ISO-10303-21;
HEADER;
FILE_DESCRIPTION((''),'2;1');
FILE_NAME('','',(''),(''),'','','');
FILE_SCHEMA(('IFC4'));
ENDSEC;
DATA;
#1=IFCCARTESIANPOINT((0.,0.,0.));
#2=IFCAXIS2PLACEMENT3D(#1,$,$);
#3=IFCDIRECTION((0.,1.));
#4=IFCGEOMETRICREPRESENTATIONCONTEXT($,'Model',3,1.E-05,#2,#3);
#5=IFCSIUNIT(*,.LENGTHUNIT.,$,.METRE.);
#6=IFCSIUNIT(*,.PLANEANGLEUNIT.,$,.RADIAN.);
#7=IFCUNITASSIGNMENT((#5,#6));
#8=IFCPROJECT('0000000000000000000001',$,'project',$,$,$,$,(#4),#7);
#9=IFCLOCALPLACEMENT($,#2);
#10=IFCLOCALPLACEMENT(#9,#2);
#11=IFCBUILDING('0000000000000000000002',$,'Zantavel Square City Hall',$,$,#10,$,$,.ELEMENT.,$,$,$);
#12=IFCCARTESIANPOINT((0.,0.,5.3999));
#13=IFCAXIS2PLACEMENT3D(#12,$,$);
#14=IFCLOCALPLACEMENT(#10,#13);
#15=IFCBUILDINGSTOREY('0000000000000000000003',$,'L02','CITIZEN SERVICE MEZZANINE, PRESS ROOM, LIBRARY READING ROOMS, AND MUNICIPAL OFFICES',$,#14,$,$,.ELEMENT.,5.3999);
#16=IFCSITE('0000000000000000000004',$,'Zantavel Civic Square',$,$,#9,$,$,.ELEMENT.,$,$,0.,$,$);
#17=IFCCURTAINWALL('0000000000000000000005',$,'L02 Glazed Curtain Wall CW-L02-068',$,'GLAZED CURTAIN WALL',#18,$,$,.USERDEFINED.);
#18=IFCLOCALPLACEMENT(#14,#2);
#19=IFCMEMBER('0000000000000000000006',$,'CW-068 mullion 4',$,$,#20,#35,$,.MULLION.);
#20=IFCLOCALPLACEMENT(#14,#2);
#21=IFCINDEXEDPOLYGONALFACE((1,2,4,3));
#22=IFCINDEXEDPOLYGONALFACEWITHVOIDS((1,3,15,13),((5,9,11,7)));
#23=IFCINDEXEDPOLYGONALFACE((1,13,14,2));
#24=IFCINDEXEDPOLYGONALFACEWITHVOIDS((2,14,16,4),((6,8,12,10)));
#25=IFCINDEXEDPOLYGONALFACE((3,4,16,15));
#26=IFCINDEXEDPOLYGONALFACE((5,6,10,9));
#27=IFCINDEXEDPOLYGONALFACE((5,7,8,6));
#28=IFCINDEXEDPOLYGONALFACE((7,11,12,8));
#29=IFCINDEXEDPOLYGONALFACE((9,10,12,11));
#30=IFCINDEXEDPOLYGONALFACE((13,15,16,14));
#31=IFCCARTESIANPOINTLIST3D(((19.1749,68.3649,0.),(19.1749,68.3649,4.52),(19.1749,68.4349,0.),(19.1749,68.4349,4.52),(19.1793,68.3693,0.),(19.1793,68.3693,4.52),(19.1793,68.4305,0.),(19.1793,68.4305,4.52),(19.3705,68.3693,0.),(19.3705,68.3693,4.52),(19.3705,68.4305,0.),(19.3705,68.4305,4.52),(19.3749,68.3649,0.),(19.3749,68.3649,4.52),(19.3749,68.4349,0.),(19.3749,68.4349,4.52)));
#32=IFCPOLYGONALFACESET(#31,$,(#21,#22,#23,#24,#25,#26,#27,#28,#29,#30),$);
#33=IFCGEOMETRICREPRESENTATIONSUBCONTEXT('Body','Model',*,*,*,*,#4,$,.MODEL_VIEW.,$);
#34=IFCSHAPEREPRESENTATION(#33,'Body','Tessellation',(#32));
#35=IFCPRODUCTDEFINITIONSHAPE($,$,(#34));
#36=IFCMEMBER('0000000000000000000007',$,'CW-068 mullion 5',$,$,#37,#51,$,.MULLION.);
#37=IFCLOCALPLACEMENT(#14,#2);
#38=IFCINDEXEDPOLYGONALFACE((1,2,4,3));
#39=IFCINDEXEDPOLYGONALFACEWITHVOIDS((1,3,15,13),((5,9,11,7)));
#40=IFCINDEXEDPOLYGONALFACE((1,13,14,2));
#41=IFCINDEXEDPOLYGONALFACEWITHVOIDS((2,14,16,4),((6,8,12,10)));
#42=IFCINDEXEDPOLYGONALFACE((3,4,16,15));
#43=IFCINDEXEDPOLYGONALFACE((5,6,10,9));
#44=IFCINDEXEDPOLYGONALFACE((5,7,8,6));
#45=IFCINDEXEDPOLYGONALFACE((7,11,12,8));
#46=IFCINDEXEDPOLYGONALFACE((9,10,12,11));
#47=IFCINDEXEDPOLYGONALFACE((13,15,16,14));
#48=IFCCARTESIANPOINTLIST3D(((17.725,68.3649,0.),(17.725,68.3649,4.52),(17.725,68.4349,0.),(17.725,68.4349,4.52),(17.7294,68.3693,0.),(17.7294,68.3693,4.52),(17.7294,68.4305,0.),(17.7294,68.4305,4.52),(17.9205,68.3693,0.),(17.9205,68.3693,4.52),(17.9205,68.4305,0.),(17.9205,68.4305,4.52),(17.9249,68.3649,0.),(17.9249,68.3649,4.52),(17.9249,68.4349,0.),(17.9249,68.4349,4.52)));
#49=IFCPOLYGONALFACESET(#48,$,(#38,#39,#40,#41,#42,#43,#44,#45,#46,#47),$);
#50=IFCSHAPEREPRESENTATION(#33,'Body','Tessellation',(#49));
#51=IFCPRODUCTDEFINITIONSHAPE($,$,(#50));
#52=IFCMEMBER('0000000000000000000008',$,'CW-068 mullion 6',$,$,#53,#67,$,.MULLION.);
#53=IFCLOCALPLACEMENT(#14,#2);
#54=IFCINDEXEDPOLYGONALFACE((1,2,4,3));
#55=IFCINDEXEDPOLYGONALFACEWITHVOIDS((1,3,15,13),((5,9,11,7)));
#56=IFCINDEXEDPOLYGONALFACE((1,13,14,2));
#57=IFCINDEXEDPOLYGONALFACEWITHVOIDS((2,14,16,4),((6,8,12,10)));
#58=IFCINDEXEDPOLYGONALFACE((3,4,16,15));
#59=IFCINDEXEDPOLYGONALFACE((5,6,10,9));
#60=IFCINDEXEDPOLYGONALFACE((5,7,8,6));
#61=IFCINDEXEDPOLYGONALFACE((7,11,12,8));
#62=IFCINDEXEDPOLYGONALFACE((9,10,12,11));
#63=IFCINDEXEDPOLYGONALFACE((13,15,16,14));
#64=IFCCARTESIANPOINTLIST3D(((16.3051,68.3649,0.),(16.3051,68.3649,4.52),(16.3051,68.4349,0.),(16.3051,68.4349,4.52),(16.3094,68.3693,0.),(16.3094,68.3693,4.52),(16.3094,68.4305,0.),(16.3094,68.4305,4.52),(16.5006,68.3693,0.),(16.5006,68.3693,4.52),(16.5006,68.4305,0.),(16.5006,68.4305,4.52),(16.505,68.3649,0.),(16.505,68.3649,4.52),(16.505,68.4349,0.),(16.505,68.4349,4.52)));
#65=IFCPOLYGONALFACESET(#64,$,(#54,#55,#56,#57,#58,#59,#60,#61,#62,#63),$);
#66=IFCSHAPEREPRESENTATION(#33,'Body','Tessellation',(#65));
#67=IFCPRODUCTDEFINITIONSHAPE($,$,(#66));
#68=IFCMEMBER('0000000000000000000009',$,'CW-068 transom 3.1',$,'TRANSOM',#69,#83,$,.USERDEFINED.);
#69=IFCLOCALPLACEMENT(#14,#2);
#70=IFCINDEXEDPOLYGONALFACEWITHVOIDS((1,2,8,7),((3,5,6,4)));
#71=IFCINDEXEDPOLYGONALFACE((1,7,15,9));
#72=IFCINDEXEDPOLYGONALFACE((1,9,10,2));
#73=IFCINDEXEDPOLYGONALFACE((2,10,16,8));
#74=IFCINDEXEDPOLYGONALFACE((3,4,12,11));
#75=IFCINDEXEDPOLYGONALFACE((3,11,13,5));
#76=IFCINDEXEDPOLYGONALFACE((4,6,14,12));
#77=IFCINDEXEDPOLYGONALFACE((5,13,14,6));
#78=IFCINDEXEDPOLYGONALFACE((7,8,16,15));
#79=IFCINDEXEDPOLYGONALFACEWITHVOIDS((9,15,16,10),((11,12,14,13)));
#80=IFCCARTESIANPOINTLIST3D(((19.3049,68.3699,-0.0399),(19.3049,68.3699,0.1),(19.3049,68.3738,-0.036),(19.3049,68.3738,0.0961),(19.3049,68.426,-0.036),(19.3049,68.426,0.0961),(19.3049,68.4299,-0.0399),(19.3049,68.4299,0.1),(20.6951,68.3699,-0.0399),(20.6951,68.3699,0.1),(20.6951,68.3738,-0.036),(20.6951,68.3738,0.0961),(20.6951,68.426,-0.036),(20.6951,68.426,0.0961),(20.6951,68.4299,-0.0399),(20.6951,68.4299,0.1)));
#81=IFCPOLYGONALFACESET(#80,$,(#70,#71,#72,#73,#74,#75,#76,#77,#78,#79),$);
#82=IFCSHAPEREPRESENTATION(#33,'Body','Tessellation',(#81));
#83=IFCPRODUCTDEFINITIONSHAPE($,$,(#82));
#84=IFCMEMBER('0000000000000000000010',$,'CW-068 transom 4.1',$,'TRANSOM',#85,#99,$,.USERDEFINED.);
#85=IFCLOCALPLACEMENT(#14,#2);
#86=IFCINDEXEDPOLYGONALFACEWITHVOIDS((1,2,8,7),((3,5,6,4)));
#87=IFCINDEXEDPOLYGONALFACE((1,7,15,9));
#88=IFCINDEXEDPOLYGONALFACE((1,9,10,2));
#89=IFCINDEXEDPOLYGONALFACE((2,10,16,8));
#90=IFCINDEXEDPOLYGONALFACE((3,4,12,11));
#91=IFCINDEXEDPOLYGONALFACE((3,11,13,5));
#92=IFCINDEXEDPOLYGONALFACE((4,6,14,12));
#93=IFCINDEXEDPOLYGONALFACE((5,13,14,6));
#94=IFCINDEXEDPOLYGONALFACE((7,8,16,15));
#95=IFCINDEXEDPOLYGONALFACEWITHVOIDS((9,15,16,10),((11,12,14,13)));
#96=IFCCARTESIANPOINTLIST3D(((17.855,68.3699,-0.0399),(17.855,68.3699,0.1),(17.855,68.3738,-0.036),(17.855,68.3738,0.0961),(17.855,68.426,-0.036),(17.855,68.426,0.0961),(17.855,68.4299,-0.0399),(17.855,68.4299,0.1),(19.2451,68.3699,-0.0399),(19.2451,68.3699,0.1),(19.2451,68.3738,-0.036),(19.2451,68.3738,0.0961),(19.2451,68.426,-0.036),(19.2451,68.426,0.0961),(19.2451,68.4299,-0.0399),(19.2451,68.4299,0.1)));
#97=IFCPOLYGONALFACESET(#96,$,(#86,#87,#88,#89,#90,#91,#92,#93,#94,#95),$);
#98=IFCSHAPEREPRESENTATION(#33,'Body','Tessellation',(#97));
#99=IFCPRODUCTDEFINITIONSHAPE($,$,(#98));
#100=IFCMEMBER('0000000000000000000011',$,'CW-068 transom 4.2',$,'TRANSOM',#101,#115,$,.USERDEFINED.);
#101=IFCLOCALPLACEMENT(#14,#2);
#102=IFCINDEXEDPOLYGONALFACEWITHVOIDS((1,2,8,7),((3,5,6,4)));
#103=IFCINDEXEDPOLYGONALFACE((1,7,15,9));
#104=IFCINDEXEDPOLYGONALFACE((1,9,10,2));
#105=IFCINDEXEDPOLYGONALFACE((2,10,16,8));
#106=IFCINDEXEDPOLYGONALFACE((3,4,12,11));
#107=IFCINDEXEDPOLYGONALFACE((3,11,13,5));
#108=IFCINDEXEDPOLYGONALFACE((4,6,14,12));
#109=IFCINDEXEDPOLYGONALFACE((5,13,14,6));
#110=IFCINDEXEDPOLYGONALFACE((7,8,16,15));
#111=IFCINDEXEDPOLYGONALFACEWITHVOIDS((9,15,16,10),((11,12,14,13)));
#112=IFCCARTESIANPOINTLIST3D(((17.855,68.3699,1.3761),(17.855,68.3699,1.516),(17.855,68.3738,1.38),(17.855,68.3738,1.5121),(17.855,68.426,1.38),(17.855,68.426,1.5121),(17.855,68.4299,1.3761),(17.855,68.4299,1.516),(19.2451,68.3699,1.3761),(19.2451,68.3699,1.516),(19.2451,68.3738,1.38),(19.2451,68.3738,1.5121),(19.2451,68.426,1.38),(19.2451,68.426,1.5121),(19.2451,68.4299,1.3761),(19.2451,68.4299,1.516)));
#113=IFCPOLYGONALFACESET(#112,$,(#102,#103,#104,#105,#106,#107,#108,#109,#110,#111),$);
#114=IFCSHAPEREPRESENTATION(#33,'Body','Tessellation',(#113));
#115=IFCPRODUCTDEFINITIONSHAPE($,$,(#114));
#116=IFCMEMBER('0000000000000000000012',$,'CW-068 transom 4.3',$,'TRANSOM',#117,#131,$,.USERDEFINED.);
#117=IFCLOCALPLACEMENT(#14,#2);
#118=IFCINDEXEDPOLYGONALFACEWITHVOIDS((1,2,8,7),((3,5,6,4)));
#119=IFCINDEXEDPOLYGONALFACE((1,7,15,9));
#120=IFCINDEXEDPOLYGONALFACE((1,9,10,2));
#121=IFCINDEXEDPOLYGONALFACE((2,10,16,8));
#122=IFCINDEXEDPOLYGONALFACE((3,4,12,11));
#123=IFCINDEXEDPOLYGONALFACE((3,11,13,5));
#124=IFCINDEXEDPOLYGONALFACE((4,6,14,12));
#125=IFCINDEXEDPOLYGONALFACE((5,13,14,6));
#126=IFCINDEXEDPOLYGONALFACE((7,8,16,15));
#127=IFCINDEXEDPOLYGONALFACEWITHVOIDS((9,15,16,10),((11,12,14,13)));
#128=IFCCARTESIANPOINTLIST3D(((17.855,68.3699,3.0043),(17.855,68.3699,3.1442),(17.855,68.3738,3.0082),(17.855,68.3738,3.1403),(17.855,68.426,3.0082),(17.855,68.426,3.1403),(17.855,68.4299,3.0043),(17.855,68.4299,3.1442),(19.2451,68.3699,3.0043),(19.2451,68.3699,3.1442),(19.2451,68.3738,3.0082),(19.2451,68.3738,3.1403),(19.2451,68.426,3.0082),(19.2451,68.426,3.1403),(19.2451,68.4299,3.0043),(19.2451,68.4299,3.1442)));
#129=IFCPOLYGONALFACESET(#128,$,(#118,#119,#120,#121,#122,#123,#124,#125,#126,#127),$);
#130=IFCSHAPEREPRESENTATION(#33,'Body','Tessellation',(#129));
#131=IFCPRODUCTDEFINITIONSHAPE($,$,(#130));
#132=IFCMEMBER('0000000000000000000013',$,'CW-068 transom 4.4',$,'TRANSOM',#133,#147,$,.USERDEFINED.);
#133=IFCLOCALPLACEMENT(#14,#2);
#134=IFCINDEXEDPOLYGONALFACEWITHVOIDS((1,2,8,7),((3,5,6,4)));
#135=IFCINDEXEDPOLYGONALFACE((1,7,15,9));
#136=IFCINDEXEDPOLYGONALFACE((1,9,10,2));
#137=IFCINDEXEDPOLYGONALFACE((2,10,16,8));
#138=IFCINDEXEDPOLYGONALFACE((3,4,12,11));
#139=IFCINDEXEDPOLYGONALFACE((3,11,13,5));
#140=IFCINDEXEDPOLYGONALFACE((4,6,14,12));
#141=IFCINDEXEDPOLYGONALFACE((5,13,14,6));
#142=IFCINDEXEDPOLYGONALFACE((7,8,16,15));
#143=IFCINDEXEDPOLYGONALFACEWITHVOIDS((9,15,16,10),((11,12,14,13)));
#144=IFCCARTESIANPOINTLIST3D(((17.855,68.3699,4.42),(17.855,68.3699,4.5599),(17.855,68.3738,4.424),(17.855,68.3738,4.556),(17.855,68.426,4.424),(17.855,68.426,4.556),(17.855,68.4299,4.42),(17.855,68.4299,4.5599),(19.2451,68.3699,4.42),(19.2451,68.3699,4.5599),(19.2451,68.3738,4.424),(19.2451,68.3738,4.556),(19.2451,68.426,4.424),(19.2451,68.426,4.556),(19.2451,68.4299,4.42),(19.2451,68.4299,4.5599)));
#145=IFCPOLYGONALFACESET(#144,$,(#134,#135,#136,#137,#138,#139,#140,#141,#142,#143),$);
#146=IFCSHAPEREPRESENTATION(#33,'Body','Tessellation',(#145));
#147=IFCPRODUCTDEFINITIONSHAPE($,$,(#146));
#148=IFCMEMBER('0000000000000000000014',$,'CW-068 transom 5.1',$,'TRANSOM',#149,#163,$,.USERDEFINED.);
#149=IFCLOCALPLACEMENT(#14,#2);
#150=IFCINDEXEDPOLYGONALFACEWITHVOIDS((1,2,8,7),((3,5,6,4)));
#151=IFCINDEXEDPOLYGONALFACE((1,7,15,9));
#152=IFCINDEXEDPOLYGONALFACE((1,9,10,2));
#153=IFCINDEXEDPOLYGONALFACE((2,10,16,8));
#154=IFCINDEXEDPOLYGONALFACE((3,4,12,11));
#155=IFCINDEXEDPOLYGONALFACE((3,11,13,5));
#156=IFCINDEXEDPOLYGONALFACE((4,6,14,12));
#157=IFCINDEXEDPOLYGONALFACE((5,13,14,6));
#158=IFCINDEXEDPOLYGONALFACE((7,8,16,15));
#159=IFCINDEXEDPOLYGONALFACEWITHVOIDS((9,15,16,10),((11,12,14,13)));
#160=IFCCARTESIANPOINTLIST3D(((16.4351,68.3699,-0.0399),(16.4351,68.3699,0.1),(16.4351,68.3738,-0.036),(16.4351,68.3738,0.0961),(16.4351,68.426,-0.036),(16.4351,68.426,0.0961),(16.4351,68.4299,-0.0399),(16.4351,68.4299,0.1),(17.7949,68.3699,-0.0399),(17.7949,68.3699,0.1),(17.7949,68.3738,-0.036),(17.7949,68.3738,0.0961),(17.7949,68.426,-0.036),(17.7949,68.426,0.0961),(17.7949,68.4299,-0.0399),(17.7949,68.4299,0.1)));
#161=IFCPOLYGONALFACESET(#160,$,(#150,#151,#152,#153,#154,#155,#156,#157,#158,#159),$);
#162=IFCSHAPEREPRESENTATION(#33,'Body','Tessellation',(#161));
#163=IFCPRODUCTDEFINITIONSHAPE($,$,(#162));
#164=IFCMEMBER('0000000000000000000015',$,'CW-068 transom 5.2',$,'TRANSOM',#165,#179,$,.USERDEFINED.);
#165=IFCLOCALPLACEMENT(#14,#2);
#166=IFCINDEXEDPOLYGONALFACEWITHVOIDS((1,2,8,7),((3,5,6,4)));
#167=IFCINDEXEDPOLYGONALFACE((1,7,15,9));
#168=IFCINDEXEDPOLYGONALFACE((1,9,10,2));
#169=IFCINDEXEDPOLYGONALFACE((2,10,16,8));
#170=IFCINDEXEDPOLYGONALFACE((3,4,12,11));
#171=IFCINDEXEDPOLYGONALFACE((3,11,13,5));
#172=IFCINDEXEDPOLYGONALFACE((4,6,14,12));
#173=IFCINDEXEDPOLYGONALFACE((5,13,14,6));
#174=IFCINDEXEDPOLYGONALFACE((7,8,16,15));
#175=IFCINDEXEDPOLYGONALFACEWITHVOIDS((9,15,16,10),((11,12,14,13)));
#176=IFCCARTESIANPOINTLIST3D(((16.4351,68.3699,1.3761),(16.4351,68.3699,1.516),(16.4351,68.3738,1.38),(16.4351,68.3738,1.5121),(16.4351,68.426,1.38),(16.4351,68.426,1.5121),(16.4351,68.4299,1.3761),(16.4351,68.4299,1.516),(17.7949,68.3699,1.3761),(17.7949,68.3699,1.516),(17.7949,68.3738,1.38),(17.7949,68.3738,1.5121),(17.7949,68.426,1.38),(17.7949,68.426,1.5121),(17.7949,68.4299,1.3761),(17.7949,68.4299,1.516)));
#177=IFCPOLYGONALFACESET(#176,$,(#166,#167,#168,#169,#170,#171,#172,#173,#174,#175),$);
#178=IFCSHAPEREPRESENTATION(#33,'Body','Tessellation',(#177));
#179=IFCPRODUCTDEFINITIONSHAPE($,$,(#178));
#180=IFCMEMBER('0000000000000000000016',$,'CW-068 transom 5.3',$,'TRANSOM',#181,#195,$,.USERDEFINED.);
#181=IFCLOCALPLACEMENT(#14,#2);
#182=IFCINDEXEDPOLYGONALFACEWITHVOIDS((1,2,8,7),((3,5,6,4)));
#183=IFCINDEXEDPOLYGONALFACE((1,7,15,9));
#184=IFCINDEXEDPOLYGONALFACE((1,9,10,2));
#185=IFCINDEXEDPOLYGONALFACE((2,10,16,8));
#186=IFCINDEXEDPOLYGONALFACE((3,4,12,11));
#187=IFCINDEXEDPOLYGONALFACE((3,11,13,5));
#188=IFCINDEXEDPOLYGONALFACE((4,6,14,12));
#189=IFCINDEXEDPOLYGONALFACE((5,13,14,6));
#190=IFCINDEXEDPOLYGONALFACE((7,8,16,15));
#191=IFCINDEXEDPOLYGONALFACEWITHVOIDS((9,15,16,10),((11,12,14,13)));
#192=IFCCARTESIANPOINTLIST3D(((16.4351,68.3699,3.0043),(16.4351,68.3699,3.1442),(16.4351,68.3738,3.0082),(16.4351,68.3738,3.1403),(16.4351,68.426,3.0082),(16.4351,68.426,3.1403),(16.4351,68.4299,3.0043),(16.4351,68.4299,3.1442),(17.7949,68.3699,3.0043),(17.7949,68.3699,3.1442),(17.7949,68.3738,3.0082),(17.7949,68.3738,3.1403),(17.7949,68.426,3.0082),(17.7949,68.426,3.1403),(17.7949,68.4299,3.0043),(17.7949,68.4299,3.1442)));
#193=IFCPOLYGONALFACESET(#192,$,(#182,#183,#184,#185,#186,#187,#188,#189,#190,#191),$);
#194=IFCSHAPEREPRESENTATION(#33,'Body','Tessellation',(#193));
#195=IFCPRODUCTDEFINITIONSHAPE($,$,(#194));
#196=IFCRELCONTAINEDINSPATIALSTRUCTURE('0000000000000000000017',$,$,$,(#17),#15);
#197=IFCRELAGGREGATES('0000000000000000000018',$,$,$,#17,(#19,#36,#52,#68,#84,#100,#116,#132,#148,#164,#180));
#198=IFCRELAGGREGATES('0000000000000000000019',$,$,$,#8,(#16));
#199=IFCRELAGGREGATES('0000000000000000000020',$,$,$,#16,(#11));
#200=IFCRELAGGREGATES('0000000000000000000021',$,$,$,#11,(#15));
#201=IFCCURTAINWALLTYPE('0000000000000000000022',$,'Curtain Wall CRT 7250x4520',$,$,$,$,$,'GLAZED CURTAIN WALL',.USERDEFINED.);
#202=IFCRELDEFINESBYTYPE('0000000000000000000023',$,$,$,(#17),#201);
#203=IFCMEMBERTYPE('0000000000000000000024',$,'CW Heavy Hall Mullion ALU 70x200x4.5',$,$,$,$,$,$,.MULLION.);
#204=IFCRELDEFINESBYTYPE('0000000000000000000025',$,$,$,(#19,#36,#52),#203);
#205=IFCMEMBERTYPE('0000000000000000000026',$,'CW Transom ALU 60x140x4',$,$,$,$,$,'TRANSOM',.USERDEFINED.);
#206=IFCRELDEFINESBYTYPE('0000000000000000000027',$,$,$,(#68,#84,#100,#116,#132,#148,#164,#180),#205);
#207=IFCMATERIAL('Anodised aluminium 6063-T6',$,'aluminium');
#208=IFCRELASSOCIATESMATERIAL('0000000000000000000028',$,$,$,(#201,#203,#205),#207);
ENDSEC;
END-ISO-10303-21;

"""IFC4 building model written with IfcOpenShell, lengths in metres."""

from ifc_helpers import new_model, si_unit, direction, frame, origin, origin_2d, place, context, subcontext, project, spatial, hollow_rectangle, extrude, material, material_profile, profile_set, type_object, element, aggregate, save


model = new_model("IFC4")

# Units and contexts
model_context = context("Model", 3, precision=1e-05, world=origin(), true_north=direction((0.0, 1.0)))
body_context = subcontext(model_context, "Body", "Model", "MODEL_VIEW")
ifc_project = project(units=[si_unit("LENGTHUNIT", "METRE"), si_unit("PLANEANGLEUNIT", "RADIAN")], contexts=[model_context])

# Site, building, storey
site_placement = place(None, origin())
site = spatial("IfcSite", under=ifc_project, at=site_placement, Name="Zantavel Civic Square", CompositionType="ELEMENT", RefElevation=0.0)
building_placement = place(site_placement, origin())
building = spatial("IfcBuilding", under=site, at=building_placement, Name="Zantavel Square City Hall", CompositionType="ELEMENT")
storey_placement = place(building_placement, frame((0.0, 0.0, 5.3999)))
storey = spatial("IfcBuildingStorey", under=building, at=storey_placement, Name="L02", Description="CITIZEN SERVICE MEZZANINE, PRESS ROOM, LIBRARY READING ROOMS, AND MUNICIPAL OFFICES", CompositionType="ELEMENT", Elevation=5.3999)

# Curtain wall, members
ifc_material_1 = material(Name="Anodised aluminium 6063-T6", Category="aluminium")
curtain_wall_type = type_object("IfcCurtainWallType", Name="Curtain Wall CRT 7250x4520", ElementType="GLAZED CURTAIN WALL", PredefinedType="USERDEFINED", material=ifc_material_1)
curtain_wall_placement = place(storey_placement, origin())
curtain_wall = element("IfcCurtainWall", 1, at=curtain_wall_placement, inside=storey, type_object=curtain_wall_type, Name="L02 Glazed Curtain Wall CW-L02-068", ObjectType="GLAZED CURTAIN WALL", PredefinedType="USERDEFINED")
ifc_material_profile_1 = material_profile(ifc_material_1, hollow_rectangle(XDim=0.0701, YDim=0.2, WallThickness=0.0044, at=origin_2d()), Name="ALU 70x200x4.5")
ifc_profile_set_1 = profile_set([ifc_material_profile_1], Name="Anodised aluminium 6063-T6")
member_type_1 = type_object("IfcMemberType", Name="CW Heavy Hall Mullion ALU 70x200x4.5", PredefinedType="MULLION", material=ifc_profile_set_1)
member_1_placement = place(storey_placement, frame((19.2749, 68.3999, 0.0), z_axis=(0.0, 0.0, 1.0), x_axis=(0.0, -1.0, 0.0)))
member_1 = element("IfcMember", 2, at=member_1_placement, type_object=member_type_1, Name="CW-068 mullion 4", PredefinedType="MULLION", context=body_context, shape_type="SweptSolid", body=[
    extrude(hollow_rectangle(XDim=0.0701, YDim=0.2, WallThickness=0.0044, at=origin_2d()), origin(), (0.0, 0.0, 1.0), 4.52),
])
member_2_placement = place(storey_placement, frame((17.825, 68.3999, 0.0), z_axis=(0.0, 0.0, 1.0), x_axis=(0.0, -1.0, 0.0)))
member_2 = element("IfcMember", 3, at=member_2_placement, type_object=member_type_1, Name="CW-068 mullion 5", PredefinedType="MULLION", context=body_context, shape_type="SweptSolid", body=[
    extrude(hollow_rectangle(XDim=0.0701, YDim=0.2, WallThickness=0.0044, at=origin_2d()), origin(), (0.0, 0.0, 1.0), 4.52),
])
member_3_placement = place(storey_placement, frame((16.405, 68.3999, 0.0), z_axis=(0.0, 0.0, 1.0), x_axis=(0.0, -1.0, 0.0)))
member_3 = element("IfcMember", 4, at=member_3_placement, type_object=member_type_1, Name="CW-068 mullion 6", PredefinedType="MULLION", context=body_context, shape_type="SweptSolid", body=[
    extrude(hollow_rectangle(XDim=0.0701, YDim=0.2, WallThickness=0.0044, at=origin_2d()), origin(), (0.0, 0.0, 1.0), 4.52),
])
ifc_material_profile_2 = material_profile(ifc_material_1, hollow_rectangle(XDim=0.0601, YDim=0.1399, WallThickness=0.0039, at=origin_2d()), Name="ALU 60x140x4")
ifc_profile_set_2 = profile_set([ifc_material_profile_2], Name="Anodised aluminium 6063-T6")
member_type_2 = type_object("IfcMemberType", Name="CW Transom ALU 60x140x4", ElementType="TRANSOM", PredefinedType="USERDEFINED", material=ifc_profile_set_2)
member_4_placement = place(storey_placement, frame((20.6951, 68.3999, 0.03), z_axis=(-1.0, 0.0, 0.0), x_axis=(0.0, -1.0, 0.0)))
member_4 = element("IfcMember", 5, at=member_4_placement, type_object=member_type_2, Name="CW-068 transom 3.1", ObjectType="TRANSOM", PredefinedType="USERDEFINED", context=body_context, shape_type="SweptSolid", body=[
    extrude(hollow_rectangle(XDim=0.0601, YDim=0.1399, WallThickness=0.0039, at=origin_2d()), origin(), (0.0, 0.0, 1.0), 1.3901),
])
member_5_placement = place(storey_placement, frame((19.2451, 68.3999, 0.03), z_axis=(-1.0, 0.0, 0.0), x_axis=(0.0, -1.0, 0.0)))
member_5 = element("IfcMember", 6, at=member_5_placement, type_object=member_type_2, Name="CW-068 transom 4.1", ObjectType="TRANSOM", PredefinedType="USERDEFINED", context=body_context, shape_type="SweptSolid", body=[
    extrude(hollow_rectangle(XDim=0.0601, YDim=0.1399, WallThickness=0.0039, at=origin_2d()), origin(), (0.0, 0.0, 1.0), 1.3901),
])
member_6_placement = place(storey_placement, frame((19.2451, 68.3999, 1.446), z_axis=(-1.0, 0.0, 0.0), x_axis=(0.0, -1.0, 0.0)))
member_6 = element("IfcMember", 7, at=member_6_placement, type_object=member_type_2, Name="CW-068 transom 4.2", ObjectType="TRANSOM", PredefinedType="USERDEFINED", context=body_context, shape_type="SweptSolid", body=[
    extrude(hollow_rectangle(XDim=0.0601, YDim=0.1399, WallThickness=0.0039, at=origin_2d()), origin(), (0.0, 0.0, 1.0), 1.3901),
])
member_7_placement = place(storey_placement, frame((19.2451, 68.3999, 3.0742), z_axis=(-1.0, 0.0, 0.0), x_axis=(0.0, -1.0, 0.0)))
member_7 = element("IfcMember", 8, at=member_7_placement, type_object=member_type_2, Name="CW-068 transom 4.3", ObjectType="TRANSOM", PredefinedType="USERDEFINED", context=body_context, shape_type="SweptSolid", body=[
    extrude(hollow_rectangle(XDim=0.0601, YDim=0.1399, WallThickness=0.0039, at=origin_2d()), origin(), (0.0, 0.0, 1.0), 1.3901),
])
member_8_placement = place(storey_placement, frame((19.2451, 68.3999, 4.49), z_axis=(-1.0, 0.0, 0.0), x_axis=(0.0, -1.0, 0.0)))
member_8 = element("IfcMember", 9, at=member_8_placement, type_object=member_type_2, Name="CW-068 transom 4.4", ObjectType="TRANSOM", PredefinedType="USERDEFINED", context=body_context, shape_type="SweptSolid", body=[
    extrude(hollow_rectangle(XDim=0.0601, YDim=0.1399, WallThickness=0.0039, at=origin_2d()), origin(), (0.0, 0.0, 1.0), 1.3901),
])
member_9_placement = place(storey_placement, frame((17.7949, 68.3999, 0.03), z_axis=(-1.0, 0.0, 0.0), x_axis=(0.0, -1.0, 0.0)))
member_9 = element("IfcMember", 10, at=member_9_placement, type_object=member_type_2, Name="CW-068 transom 5.1", ObjectType="TRANSOM", PredefinedType="USERDEFINED", context=body_context, shape_type="SweptSolid", body=[
    extrude(hollow_rectangle(XDim=0.0601, YDim=0.1399, WallThickness=0.0039, at=origin_2d()), origin(), (0.0, 0.0, 1.0), 1.3599),
])
member_10_placement = place(storey_placement, frame((17.7949, 68.3999, 1.446), z_axis=(-1.0, 0.0, 0.0), x_axis=(0.0, -1.0, 0.0)))
member_10 = element("IfcMember", 11, at=member_10_placement, type_object=member_type_2, Name="CW-068 transom 5.2", ObjectType="TRANSOM", PredefinedType="USERDEFINED", context=body_context, shape_type="SweptSolid", body=[
    extrude(hollow_rectangle(XDim=0.0601, YDim=0.1399, WallThickness=0.0039, at=origin_2d()), origin(), (0.0, 0.0, 1.0), 1.3599),
])
member_11_placement = place(storey_placement, frame((17.7949, 68.3999, 3.0742), z_axis=(-1.0, 0.0, 0.0), x_axis=(0.0, -1.0, 0.0)))
member_11 = element("IfcMember", 12, at=member_11_placement, type_object=member_type_2, Name="CW-068 transom 5.3", ObjectType="TRANSOM", PredefinedType="USERDEFINED", context=body_context, shape_type="SweptSolid", body=[
    extrude(hollow_rectangle(XDim=0.0601, YDim=0.1399, WallThickness=0.0039, at=origin_2d()), origin(), (0.0, 0.0, 1.0), 1.3599),
])
aggregate(curtain_wall, [member_1, member_2, member_3, member_4, member_5, member_6, member_7, member_8, member_9, member_10, member_11])

save(model, "model.ifc")
